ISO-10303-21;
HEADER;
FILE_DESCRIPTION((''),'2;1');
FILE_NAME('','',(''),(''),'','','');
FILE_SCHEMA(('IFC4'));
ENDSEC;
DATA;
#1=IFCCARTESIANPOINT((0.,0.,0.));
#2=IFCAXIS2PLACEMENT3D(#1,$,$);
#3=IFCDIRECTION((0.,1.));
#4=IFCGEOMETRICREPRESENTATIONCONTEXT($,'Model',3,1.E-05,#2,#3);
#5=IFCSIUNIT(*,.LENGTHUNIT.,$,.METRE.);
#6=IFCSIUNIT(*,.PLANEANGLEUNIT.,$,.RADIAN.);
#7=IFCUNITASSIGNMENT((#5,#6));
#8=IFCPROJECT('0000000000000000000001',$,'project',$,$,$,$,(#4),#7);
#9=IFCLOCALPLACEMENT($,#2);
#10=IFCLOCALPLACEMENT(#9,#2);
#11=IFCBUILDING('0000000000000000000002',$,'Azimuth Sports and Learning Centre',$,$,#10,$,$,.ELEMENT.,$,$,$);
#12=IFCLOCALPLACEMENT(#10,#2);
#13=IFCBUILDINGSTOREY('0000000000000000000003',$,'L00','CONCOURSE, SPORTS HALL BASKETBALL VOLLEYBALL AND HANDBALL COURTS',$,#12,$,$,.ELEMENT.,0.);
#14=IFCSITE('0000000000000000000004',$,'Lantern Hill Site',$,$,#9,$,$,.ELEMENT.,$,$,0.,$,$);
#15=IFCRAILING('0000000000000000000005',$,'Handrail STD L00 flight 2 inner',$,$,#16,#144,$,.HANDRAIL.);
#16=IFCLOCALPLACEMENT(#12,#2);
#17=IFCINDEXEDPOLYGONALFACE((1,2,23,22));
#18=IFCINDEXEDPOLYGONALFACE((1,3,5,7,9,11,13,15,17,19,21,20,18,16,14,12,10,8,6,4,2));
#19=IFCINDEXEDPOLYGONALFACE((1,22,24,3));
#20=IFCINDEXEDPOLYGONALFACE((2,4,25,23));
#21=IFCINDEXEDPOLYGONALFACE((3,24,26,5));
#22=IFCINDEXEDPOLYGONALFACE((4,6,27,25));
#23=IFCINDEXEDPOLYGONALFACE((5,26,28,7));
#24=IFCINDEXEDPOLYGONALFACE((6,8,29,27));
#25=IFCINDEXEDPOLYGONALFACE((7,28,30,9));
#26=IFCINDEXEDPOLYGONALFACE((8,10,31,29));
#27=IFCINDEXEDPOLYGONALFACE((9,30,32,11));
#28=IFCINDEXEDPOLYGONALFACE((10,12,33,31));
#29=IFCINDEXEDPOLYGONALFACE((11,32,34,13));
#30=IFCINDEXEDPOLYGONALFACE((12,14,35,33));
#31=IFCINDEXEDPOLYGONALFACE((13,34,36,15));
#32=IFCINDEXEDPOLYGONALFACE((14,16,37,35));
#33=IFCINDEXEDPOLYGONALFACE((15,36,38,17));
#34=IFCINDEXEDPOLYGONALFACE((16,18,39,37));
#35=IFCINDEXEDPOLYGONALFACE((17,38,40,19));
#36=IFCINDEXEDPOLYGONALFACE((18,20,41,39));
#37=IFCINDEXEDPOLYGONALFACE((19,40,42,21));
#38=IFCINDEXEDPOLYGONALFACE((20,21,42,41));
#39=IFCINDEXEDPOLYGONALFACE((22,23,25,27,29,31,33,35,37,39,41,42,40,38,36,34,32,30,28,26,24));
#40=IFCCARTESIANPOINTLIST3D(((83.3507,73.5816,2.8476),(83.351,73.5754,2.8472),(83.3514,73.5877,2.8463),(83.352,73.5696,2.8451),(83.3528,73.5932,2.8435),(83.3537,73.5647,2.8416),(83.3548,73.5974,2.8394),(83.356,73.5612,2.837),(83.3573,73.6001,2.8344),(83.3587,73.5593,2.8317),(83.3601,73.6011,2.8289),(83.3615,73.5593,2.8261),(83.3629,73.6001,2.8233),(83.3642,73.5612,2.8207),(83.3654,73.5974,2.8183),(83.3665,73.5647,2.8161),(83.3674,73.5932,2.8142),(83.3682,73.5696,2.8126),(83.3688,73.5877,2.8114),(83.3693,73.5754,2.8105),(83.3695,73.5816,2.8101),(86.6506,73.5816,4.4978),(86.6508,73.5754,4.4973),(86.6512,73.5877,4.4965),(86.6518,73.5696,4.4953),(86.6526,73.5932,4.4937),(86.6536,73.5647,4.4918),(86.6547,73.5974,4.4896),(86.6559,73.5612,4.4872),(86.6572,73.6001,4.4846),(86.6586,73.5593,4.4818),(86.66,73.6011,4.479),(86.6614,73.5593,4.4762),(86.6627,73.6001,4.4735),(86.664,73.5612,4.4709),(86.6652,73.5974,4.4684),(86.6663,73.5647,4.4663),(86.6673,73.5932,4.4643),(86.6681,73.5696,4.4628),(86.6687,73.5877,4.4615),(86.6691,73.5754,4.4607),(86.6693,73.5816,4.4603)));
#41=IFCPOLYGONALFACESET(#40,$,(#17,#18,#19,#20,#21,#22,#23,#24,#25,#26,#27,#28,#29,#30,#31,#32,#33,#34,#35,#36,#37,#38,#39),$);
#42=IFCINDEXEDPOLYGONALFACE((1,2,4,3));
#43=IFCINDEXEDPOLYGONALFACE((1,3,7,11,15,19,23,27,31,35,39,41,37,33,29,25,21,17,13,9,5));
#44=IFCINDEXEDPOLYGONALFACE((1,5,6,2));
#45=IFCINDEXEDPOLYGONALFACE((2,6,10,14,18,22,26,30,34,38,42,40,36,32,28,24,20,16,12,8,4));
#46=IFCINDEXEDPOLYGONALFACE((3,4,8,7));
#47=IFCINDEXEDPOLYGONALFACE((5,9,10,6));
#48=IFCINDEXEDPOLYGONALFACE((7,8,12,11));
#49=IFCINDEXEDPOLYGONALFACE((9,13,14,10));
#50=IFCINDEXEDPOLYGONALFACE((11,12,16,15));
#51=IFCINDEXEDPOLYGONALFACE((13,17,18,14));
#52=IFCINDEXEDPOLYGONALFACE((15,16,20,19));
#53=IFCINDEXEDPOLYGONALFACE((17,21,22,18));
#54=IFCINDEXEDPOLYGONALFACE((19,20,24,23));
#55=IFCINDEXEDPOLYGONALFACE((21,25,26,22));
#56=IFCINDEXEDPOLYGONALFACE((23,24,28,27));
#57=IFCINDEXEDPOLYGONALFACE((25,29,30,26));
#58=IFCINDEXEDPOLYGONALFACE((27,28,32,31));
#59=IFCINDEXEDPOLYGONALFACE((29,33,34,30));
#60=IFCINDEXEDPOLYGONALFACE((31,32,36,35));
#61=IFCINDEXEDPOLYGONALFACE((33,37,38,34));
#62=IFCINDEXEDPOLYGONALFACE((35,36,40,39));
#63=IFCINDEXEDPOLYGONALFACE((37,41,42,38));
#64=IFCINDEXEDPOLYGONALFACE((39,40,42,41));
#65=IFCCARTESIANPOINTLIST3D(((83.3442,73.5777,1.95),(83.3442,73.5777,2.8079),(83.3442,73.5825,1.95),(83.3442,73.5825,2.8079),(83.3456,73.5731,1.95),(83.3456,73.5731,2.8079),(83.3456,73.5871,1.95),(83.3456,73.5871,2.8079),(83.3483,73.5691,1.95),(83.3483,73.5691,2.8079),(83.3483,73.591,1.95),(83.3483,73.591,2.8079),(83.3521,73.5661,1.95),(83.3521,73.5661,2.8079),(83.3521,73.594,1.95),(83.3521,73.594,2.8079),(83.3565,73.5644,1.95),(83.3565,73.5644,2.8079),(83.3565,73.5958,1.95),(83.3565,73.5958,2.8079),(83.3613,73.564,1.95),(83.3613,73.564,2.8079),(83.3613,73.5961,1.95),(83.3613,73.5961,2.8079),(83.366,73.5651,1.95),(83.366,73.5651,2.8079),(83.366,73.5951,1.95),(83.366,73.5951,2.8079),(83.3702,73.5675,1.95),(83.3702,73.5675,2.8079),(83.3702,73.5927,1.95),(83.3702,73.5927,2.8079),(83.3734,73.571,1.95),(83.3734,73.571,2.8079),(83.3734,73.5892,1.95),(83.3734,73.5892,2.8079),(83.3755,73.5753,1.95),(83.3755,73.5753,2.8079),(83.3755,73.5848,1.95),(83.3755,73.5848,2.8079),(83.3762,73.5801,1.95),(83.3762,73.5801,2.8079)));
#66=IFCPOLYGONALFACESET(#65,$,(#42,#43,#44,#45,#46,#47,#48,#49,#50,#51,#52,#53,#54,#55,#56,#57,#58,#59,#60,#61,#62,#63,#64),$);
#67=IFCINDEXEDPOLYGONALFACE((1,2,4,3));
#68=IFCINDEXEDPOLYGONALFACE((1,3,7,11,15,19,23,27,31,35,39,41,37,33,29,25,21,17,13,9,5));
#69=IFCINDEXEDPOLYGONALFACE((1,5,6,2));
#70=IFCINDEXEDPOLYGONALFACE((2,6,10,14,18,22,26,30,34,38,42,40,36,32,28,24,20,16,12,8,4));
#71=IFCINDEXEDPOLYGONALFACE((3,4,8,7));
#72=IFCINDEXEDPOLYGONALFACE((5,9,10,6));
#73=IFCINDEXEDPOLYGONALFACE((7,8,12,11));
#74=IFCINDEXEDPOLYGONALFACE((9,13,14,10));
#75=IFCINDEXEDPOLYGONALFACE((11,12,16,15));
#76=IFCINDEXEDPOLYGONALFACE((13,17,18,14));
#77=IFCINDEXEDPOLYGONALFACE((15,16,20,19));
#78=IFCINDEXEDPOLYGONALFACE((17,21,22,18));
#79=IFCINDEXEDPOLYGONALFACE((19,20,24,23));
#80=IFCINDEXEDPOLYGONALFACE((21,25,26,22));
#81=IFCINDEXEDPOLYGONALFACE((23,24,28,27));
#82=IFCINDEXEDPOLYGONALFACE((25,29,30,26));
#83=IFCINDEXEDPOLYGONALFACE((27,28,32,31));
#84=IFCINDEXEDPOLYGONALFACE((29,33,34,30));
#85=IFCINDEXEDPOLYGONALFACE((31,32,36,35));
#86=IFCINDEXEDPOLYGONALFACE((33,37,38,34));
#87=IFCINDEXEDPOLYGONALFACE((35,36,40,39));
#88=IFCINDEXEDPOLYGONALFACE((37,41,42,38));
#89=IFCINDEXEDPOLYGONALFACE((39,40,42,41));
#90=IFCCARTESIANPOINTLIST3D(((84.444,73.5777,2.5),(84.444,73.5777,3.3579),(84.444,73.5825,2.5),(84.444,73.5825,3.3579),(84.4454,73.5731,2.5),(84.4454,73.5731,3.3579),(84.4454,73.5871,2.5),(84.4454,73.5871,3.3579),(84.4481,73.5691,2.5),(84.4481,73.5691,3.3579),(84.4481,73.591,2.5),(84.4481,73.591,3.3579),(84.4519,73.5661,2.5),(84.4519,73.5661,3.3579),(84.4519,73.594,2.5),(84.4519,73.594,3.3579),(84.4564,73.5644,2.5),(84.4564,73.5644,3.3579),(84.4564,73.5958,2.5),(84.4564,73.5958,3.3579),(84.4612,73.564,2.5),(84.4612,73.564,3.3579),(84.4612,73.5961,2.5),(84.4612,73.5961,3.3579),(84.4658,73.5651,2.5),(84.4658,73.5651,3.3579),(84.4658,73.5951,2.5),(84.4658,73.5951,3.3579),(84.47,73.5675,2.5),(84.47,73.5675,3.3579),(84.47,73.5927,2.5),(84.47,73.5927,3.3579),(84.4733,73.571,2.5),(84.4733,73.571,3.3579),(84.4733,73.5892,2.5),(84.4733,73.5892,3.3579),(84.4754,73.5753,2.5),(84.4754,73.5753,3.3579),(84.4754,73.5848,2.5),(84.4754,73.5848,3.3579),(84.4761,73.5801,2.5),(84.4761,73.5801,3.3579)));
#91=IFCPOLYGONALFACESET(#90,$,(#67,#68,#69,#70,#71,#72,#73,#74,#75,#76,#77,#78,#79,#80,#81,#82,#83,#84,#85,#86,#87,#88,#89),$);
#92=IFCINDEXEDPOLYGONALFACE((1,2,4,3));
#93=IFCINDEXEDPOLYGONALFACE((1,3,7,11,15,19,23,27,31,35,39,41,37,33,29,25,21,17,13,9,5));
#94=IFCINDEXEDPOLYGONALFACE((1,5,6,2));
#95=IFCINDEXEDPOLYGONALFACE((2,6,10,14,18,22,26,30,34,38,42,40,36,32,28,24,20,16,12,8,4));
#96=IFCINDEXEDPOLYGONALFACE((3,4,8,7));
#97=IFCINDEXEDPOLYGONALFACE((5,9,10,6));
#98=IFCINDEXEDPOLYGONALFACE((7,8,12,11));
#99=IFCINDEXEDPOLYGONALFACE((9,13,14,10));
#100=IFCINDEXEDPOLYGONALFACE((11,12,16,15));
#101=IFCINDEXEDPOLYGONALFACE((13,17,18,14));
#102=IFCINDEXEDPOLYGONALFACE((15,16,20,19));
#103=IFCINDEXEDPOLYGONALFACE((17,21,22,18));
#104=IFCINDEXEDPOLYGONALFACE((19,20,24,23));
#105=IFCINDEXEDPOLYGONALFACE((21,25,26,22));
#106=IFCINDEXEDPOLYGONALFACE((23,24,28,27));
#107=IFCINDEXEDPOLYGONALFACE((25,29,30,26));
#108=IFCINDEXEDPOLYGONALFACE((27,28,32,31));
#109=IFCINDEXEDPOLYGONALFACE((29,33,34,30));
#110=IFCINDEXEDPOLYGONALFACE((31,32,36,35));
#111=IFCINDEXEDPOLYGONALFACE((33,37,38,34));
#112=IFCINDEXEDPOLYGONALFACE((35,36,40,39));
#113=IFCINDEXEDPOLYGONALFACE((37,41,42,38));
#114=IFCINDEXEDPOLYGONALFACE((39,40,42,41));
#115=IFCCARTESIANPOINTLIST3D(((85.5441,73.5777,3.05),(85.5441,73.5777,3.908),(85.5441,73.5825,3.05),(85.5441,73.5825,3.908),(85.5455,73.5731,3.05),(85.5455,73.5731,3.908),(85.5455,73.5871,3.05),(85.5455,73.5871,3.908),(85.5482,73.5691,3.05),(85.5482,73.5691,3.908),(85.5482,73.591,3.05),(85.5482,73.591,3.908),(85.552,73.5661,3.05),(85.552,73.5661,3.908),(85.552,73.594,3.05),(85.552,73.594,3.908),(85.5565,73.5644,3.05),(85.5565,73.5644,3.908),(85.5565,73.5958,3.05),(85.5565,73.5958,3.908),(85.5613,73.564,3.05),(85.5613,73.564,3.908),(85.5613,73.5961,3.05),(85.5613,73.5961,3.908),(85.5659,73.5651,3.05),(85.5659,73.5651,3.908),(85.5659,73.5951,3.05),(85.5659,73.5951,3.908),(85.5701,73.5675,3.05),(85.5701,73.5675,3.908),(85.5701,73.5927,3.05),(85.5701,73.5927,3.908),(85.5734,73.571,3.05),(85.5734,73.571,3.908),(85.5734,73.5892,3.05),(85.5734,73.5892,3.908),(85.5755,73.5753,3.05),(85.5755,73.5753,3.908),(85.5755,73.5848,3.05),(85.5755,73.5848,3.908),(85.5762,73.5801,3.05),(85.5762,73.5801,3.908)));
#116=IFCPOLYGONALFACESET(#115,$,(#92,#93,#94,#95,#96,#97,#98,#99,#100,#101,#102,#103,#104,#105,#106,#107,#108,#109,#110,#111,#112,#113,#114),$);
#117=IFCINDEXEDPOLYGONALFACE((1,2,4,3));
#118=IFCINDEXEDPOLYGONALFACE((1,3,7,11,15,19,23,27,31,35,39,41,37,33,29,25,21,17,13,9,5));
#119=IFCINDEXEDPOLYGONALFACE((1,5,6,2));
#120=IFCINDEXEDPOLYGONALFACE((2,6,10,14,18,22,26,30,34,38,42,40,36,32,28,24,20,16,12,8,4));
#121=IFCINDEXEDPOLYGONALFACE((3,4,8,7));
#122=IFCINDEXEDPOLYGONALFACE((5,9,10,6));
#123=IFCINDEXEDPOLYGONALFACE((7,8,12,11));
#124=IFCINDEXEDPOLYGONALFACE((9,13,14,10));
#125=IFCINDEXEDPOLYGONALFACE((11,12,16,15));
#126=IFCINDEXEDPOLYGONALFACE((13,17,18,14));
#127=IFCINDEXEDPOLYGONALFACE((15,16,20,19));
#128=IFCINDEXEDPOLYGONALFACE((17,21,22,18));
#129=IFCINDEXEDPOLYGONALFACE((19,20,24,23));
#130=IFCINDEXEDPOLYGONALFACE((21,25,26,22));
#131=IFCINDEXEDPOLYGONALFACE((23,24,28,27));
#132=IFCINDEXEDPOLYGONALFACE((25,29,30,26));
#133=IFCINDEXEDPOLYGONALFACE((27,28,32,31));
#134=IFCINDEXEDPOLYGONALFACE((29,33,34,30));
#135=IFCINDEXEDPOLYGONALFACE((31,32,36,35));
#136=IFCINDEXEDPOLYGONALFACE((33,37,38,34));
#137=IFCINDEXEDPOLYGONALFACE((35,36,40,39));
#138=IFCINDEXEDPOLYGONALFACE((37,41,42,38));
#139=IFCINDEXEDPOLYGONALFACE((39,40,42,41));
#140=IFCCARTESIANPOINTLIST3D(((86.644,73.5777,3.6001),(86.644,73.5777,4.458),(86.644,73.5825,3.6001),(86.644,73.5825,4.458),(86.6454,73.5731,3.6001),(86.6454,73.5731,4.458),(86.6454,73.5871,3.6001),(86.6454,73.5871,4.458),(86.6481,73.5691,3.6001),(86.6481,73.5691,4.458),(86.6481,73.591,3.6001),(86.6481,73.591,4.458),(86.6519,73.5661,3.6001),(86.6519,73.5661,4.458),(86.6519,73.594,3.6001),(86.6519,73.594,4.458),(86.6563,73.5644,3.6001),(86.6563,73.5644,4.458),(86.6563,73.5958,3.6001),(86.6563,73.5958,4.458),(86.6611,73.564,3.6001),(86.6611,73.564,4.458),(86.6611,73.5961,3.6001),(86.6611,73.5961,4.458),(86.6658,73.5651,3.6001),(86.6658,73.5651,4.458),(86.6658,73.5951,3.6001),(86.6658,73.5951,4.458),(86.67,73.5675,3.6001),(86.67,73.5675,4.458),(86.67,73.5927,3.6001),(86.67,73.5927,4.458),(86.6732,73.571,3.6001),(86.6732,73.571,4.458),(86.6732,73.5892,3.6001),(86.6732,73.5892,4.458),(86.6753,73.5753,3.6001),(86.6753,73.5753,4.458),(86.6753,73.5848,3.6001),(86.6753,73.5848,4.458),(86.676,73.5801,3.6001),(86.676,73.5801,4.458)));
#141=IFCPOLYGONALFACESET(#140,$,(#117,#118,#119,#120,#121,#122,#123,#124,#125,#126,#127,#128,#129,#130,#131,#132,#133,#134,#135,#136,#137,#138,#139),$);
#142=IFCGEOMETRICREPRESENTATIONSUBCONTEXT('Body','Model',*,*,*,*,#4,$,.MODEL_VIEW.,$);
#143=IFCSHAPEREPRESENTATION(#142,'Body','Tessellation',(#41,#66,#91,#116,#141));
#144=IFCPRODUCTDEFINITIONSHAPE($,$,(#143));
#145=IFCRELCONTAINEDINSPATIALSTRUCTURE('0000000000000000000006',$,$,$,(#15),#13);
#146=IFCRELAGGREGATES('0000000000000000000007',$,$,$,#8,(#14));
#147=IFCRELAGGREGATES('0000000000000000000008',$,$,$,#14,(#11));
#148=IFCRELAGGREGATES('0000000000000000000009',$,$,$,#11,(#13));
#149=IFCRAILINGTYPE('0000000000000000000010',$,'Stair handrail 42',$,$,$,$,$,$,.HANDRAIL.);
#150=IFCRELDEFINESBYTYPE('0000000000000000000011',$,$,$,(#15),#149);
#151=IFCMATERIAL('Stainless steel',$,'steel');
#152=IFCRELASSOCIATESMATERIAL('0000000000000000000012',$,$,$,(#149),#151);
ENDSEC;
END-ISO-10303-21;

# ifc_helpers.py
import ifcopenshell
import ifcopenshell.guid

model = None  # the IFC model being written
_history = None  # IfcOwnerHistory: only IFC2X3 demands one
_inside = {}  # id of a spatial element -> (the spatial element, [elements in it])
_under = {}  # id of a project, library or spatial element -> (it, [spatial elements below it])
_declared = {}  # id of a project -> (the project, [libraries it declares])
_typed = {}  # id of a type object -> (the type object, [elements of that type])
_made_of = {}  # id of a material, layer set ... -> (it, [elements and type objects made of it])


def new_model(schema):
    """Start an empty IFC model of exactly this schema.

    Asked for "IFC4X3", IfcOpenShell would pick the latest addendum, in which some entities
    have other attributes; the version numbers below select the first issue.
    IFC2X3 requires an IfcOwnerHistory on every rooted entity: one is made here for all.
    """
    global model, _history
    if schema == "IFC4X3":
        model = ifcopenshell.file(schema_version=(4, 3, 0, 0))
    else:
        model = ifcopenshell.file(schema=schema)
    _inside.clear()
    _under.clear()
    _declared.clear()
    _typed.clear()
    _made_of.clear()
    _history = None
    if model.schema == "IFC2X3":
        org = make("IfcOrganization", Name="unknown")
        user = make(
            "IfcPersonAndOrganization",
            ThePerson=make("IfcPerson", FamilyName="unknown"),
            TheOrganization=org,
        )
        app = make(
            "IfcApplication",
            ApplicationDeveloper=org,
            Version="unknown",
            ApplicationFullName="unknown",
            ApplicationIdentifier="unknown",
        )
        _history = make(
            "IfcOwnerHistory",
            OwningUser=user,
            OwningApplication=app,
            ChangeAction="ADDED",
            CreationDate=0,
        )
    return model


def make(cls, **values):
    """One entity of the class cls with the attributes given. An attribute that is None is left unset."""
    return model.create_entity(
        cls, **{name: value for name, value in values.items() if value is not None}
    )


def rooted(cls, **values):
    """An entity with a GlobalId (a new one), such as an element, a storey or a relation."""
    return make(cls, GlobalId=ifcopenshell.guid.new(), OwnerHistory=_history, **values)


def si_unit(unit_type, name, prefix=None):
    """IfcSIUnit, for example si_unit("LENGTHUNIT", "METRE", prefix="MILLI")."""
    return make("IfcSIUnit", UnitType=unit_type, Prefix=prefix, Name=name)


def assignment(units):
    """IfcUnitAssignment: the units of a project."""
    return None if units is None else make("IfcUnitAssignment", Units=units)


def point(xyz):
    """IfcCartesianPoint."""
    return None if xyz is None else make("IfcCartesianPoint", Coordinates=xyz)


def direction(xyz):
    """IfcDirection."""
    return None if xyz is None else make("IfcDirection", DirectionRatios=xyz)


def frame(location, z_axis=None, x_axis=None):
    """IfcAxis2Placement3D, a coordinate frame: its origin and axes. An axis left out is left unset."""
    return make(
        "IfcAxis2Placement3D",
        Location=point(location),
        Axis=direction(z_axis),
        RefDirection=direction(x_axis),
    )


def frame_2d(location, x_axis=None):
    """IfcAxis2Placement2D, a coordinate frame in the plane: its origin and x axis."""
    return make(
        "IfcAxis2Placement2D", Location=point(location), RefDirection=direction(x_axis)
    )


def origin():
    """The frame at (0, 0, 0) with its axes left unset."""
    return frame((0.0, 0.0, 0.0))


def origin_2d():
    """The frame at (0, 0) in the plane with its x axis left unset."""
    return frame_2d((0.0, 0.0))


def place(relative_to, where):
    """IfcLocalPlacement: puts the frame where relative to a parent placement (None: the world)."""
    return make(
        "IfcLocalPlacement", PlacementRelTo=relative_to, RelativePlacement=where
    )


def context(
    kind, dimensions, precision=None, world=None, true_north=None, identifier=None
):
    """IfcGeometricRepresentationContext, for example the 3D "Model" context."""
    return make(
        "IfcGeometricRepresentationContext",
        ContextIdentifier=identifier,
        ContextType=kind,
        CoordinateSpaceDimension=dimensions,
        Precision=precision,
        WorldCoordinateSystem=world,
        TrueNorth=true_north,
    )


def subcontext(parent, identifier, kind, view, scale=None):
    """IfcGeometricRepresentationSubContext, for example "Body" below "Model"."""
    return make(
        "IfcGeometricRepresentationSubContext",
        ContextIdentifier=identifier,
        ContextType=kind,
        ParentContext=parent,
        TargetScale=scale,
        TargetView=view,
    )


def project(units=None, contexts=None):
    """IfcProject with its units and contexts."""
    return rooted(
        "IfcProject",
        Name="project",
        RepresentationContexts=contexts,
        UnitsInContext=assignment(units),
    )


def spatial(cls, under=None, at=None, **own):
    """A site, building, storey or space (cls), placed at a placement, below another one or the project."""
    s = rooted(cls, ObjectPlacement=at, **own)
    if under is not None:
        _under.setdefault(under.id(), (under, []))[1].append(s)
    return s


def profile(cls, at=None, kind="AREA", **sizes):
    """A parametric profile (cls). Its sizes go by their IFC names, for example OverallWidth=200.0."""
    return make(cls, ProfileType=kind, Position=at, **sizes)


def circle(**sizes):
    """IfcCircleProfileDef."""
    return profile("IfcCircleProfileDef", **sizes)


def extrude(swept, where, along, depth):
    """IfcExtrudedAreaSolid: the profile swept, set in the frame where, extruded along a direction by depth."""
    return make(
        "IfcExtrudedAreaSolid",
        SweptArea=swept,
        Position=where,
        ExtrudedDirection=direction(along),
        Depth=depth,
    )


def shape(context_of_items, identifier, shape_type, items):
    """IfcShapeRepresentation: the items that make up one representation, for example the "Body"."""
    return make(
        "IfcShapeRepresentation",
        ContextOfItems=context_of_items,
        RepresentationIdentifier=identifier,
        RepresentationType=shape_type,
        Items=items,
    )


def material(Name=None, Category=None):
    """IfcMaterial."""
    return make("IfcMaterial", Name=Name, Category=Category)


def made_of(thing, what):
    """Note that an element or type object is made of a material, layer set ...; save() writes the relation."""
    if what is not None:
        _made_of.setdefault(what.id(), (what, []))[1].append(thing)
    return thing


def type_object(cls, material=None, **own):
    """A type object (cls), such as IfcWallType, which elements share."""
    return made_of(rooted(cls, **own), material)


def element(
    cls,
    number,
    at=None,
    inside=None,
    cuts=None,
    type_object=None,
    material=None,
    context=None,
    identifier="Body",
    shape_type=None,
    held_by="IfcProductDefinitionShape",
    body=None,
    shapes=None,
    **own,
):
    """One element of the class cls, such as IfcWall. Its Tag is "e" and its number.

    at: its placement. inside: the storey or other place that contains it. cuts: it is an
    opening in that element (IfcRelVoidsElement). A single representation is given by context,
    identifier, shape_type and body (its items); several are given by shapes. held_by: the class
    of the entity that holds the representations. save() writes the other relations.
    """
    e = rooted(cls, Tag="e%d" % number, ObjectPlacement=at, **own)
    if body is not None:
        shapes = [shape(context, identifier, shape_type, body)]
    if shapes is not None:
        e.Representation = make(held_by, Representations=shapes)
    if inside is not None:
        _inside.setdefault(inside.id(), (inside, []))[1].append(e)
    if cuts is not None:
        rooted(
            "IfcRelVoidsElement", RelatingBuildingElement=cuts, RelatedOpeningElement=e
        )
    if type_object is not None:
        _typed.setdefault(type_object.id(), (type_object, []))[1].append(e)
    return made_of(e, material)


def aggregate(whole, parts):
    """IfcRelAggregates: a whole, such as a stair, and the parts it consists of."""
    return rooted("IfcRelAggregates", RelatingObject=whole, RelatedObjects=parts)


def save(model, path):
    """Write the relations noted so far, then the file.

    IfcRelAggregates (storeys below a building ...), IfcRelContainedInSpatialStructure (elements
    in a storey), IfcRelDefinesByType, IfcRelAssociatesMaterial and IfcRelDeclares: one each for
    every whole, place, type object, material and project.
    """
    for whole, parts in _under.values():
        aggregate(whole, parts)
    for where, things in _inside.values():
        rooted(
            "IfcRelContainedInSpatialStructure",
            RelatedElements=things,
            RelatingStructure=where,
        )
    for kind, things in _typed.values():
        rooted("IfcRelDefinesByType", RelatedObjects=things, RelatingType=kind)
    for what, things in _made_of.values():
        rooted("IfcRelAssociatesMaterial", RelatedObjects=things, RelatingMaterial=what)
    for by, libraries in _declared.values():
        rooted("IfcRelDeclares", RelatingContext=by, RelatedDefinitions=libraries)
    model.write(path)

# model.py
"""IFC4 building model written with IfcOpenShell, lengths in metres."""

from ifc_helpers import new_model, si_unit, direction, frame, origin, origin_2d, place, context, subcontext, project, spatial, circle, extrude, material, type_object, element, save


model = new_model("IFC4")

# Units and contexts
model_context = context("Model", 3, precision=1e-05, world=origin(), true_north=direction((0.0, 1.0)))
body_context = subcontext(model_context, "Body", "Model", "MODEL_VIEW")
ifc_project = project(units=[si_unit("LENGTHUNIT", "METRE"), si_unit("PLANEANGLEUNIT", "RADIAN")], contexts=[model_context])

# Site, building, storey
site_placement = place(None, origin())
site = spatial("IfcSite", under=ifc_project, at=site_placement, Name="Lantern Hill Site", CompositionType="ELEMENT", RefElevation=0.0)
building_placement = place(site_placement, origin())
building = spatial("IfcBuilding", under=site, at=building_placement, Name="Azimuth Sports and Learning Centre", CompositionType="ELEMENT")
storey_placement = place(building_placement, origin())
storey = spatial("IfcBuildingStorey", under=building, at=storey_placement, Name="L00", Description="CONCOURSE, SPORTS HALL BASKETBALL VOLLEYBALL AND HANDBALL COURTS", CompositionType="ELEMENT", Elevation=0.0)

# Railing
ifc_material_1 = material(Name="Stainless steel", Category="steel")
railing_type_1 = type_object("IfcRailingType", Name="Stair handrail 42", PredefinedType="HANDRAIL", material=ifc_material_1)
railing_1_placement = place(storey_placement, frame((83.3601, 73.5801, 1.95)))
element("IfcRailing", 1, at=railing_1_placement, inside=storey, type_object=railing_type_1, Name="Handrail STD L00 flight 2 inner", PredefinedType="HANDRAIL", context=body_context, shape_type="SweptSolid", body=[
    extrude(circle(Radius=0.021, at=origin_2d()), frame((0.0, 0.0, 0.8789), z_axis=(0.894401, 0.0, 0.447267), x_axis=(0.0, 1.0, 0.0)), (0.0, 0.0, 1.0), 3.6895),
    extrude(circle(Radius=0.0161, at=origin_2d()), origin(), (0.0, 0.0, 1.0), 0.8579),
    extrude(circle(Radius=0.0161, at=origin_2d()), frame((1.0999, 0.0, 0.55)), (0.0, 0.0, 1.0), 0.8579),
    extrude(circle(Radius=0.0161, at=origin_2d()), frame((2.2, 0.0, 1.1001)), (0.0, 0.0, 1.0), 0.8579),
    extrude(circle(Radius=0.0161, at=origin_2d()), frame((3.2998, 0.0, 1.6501)), (0.0, 0.0, 1.0), 0.8579),
])

save(model, "model.ifc")
